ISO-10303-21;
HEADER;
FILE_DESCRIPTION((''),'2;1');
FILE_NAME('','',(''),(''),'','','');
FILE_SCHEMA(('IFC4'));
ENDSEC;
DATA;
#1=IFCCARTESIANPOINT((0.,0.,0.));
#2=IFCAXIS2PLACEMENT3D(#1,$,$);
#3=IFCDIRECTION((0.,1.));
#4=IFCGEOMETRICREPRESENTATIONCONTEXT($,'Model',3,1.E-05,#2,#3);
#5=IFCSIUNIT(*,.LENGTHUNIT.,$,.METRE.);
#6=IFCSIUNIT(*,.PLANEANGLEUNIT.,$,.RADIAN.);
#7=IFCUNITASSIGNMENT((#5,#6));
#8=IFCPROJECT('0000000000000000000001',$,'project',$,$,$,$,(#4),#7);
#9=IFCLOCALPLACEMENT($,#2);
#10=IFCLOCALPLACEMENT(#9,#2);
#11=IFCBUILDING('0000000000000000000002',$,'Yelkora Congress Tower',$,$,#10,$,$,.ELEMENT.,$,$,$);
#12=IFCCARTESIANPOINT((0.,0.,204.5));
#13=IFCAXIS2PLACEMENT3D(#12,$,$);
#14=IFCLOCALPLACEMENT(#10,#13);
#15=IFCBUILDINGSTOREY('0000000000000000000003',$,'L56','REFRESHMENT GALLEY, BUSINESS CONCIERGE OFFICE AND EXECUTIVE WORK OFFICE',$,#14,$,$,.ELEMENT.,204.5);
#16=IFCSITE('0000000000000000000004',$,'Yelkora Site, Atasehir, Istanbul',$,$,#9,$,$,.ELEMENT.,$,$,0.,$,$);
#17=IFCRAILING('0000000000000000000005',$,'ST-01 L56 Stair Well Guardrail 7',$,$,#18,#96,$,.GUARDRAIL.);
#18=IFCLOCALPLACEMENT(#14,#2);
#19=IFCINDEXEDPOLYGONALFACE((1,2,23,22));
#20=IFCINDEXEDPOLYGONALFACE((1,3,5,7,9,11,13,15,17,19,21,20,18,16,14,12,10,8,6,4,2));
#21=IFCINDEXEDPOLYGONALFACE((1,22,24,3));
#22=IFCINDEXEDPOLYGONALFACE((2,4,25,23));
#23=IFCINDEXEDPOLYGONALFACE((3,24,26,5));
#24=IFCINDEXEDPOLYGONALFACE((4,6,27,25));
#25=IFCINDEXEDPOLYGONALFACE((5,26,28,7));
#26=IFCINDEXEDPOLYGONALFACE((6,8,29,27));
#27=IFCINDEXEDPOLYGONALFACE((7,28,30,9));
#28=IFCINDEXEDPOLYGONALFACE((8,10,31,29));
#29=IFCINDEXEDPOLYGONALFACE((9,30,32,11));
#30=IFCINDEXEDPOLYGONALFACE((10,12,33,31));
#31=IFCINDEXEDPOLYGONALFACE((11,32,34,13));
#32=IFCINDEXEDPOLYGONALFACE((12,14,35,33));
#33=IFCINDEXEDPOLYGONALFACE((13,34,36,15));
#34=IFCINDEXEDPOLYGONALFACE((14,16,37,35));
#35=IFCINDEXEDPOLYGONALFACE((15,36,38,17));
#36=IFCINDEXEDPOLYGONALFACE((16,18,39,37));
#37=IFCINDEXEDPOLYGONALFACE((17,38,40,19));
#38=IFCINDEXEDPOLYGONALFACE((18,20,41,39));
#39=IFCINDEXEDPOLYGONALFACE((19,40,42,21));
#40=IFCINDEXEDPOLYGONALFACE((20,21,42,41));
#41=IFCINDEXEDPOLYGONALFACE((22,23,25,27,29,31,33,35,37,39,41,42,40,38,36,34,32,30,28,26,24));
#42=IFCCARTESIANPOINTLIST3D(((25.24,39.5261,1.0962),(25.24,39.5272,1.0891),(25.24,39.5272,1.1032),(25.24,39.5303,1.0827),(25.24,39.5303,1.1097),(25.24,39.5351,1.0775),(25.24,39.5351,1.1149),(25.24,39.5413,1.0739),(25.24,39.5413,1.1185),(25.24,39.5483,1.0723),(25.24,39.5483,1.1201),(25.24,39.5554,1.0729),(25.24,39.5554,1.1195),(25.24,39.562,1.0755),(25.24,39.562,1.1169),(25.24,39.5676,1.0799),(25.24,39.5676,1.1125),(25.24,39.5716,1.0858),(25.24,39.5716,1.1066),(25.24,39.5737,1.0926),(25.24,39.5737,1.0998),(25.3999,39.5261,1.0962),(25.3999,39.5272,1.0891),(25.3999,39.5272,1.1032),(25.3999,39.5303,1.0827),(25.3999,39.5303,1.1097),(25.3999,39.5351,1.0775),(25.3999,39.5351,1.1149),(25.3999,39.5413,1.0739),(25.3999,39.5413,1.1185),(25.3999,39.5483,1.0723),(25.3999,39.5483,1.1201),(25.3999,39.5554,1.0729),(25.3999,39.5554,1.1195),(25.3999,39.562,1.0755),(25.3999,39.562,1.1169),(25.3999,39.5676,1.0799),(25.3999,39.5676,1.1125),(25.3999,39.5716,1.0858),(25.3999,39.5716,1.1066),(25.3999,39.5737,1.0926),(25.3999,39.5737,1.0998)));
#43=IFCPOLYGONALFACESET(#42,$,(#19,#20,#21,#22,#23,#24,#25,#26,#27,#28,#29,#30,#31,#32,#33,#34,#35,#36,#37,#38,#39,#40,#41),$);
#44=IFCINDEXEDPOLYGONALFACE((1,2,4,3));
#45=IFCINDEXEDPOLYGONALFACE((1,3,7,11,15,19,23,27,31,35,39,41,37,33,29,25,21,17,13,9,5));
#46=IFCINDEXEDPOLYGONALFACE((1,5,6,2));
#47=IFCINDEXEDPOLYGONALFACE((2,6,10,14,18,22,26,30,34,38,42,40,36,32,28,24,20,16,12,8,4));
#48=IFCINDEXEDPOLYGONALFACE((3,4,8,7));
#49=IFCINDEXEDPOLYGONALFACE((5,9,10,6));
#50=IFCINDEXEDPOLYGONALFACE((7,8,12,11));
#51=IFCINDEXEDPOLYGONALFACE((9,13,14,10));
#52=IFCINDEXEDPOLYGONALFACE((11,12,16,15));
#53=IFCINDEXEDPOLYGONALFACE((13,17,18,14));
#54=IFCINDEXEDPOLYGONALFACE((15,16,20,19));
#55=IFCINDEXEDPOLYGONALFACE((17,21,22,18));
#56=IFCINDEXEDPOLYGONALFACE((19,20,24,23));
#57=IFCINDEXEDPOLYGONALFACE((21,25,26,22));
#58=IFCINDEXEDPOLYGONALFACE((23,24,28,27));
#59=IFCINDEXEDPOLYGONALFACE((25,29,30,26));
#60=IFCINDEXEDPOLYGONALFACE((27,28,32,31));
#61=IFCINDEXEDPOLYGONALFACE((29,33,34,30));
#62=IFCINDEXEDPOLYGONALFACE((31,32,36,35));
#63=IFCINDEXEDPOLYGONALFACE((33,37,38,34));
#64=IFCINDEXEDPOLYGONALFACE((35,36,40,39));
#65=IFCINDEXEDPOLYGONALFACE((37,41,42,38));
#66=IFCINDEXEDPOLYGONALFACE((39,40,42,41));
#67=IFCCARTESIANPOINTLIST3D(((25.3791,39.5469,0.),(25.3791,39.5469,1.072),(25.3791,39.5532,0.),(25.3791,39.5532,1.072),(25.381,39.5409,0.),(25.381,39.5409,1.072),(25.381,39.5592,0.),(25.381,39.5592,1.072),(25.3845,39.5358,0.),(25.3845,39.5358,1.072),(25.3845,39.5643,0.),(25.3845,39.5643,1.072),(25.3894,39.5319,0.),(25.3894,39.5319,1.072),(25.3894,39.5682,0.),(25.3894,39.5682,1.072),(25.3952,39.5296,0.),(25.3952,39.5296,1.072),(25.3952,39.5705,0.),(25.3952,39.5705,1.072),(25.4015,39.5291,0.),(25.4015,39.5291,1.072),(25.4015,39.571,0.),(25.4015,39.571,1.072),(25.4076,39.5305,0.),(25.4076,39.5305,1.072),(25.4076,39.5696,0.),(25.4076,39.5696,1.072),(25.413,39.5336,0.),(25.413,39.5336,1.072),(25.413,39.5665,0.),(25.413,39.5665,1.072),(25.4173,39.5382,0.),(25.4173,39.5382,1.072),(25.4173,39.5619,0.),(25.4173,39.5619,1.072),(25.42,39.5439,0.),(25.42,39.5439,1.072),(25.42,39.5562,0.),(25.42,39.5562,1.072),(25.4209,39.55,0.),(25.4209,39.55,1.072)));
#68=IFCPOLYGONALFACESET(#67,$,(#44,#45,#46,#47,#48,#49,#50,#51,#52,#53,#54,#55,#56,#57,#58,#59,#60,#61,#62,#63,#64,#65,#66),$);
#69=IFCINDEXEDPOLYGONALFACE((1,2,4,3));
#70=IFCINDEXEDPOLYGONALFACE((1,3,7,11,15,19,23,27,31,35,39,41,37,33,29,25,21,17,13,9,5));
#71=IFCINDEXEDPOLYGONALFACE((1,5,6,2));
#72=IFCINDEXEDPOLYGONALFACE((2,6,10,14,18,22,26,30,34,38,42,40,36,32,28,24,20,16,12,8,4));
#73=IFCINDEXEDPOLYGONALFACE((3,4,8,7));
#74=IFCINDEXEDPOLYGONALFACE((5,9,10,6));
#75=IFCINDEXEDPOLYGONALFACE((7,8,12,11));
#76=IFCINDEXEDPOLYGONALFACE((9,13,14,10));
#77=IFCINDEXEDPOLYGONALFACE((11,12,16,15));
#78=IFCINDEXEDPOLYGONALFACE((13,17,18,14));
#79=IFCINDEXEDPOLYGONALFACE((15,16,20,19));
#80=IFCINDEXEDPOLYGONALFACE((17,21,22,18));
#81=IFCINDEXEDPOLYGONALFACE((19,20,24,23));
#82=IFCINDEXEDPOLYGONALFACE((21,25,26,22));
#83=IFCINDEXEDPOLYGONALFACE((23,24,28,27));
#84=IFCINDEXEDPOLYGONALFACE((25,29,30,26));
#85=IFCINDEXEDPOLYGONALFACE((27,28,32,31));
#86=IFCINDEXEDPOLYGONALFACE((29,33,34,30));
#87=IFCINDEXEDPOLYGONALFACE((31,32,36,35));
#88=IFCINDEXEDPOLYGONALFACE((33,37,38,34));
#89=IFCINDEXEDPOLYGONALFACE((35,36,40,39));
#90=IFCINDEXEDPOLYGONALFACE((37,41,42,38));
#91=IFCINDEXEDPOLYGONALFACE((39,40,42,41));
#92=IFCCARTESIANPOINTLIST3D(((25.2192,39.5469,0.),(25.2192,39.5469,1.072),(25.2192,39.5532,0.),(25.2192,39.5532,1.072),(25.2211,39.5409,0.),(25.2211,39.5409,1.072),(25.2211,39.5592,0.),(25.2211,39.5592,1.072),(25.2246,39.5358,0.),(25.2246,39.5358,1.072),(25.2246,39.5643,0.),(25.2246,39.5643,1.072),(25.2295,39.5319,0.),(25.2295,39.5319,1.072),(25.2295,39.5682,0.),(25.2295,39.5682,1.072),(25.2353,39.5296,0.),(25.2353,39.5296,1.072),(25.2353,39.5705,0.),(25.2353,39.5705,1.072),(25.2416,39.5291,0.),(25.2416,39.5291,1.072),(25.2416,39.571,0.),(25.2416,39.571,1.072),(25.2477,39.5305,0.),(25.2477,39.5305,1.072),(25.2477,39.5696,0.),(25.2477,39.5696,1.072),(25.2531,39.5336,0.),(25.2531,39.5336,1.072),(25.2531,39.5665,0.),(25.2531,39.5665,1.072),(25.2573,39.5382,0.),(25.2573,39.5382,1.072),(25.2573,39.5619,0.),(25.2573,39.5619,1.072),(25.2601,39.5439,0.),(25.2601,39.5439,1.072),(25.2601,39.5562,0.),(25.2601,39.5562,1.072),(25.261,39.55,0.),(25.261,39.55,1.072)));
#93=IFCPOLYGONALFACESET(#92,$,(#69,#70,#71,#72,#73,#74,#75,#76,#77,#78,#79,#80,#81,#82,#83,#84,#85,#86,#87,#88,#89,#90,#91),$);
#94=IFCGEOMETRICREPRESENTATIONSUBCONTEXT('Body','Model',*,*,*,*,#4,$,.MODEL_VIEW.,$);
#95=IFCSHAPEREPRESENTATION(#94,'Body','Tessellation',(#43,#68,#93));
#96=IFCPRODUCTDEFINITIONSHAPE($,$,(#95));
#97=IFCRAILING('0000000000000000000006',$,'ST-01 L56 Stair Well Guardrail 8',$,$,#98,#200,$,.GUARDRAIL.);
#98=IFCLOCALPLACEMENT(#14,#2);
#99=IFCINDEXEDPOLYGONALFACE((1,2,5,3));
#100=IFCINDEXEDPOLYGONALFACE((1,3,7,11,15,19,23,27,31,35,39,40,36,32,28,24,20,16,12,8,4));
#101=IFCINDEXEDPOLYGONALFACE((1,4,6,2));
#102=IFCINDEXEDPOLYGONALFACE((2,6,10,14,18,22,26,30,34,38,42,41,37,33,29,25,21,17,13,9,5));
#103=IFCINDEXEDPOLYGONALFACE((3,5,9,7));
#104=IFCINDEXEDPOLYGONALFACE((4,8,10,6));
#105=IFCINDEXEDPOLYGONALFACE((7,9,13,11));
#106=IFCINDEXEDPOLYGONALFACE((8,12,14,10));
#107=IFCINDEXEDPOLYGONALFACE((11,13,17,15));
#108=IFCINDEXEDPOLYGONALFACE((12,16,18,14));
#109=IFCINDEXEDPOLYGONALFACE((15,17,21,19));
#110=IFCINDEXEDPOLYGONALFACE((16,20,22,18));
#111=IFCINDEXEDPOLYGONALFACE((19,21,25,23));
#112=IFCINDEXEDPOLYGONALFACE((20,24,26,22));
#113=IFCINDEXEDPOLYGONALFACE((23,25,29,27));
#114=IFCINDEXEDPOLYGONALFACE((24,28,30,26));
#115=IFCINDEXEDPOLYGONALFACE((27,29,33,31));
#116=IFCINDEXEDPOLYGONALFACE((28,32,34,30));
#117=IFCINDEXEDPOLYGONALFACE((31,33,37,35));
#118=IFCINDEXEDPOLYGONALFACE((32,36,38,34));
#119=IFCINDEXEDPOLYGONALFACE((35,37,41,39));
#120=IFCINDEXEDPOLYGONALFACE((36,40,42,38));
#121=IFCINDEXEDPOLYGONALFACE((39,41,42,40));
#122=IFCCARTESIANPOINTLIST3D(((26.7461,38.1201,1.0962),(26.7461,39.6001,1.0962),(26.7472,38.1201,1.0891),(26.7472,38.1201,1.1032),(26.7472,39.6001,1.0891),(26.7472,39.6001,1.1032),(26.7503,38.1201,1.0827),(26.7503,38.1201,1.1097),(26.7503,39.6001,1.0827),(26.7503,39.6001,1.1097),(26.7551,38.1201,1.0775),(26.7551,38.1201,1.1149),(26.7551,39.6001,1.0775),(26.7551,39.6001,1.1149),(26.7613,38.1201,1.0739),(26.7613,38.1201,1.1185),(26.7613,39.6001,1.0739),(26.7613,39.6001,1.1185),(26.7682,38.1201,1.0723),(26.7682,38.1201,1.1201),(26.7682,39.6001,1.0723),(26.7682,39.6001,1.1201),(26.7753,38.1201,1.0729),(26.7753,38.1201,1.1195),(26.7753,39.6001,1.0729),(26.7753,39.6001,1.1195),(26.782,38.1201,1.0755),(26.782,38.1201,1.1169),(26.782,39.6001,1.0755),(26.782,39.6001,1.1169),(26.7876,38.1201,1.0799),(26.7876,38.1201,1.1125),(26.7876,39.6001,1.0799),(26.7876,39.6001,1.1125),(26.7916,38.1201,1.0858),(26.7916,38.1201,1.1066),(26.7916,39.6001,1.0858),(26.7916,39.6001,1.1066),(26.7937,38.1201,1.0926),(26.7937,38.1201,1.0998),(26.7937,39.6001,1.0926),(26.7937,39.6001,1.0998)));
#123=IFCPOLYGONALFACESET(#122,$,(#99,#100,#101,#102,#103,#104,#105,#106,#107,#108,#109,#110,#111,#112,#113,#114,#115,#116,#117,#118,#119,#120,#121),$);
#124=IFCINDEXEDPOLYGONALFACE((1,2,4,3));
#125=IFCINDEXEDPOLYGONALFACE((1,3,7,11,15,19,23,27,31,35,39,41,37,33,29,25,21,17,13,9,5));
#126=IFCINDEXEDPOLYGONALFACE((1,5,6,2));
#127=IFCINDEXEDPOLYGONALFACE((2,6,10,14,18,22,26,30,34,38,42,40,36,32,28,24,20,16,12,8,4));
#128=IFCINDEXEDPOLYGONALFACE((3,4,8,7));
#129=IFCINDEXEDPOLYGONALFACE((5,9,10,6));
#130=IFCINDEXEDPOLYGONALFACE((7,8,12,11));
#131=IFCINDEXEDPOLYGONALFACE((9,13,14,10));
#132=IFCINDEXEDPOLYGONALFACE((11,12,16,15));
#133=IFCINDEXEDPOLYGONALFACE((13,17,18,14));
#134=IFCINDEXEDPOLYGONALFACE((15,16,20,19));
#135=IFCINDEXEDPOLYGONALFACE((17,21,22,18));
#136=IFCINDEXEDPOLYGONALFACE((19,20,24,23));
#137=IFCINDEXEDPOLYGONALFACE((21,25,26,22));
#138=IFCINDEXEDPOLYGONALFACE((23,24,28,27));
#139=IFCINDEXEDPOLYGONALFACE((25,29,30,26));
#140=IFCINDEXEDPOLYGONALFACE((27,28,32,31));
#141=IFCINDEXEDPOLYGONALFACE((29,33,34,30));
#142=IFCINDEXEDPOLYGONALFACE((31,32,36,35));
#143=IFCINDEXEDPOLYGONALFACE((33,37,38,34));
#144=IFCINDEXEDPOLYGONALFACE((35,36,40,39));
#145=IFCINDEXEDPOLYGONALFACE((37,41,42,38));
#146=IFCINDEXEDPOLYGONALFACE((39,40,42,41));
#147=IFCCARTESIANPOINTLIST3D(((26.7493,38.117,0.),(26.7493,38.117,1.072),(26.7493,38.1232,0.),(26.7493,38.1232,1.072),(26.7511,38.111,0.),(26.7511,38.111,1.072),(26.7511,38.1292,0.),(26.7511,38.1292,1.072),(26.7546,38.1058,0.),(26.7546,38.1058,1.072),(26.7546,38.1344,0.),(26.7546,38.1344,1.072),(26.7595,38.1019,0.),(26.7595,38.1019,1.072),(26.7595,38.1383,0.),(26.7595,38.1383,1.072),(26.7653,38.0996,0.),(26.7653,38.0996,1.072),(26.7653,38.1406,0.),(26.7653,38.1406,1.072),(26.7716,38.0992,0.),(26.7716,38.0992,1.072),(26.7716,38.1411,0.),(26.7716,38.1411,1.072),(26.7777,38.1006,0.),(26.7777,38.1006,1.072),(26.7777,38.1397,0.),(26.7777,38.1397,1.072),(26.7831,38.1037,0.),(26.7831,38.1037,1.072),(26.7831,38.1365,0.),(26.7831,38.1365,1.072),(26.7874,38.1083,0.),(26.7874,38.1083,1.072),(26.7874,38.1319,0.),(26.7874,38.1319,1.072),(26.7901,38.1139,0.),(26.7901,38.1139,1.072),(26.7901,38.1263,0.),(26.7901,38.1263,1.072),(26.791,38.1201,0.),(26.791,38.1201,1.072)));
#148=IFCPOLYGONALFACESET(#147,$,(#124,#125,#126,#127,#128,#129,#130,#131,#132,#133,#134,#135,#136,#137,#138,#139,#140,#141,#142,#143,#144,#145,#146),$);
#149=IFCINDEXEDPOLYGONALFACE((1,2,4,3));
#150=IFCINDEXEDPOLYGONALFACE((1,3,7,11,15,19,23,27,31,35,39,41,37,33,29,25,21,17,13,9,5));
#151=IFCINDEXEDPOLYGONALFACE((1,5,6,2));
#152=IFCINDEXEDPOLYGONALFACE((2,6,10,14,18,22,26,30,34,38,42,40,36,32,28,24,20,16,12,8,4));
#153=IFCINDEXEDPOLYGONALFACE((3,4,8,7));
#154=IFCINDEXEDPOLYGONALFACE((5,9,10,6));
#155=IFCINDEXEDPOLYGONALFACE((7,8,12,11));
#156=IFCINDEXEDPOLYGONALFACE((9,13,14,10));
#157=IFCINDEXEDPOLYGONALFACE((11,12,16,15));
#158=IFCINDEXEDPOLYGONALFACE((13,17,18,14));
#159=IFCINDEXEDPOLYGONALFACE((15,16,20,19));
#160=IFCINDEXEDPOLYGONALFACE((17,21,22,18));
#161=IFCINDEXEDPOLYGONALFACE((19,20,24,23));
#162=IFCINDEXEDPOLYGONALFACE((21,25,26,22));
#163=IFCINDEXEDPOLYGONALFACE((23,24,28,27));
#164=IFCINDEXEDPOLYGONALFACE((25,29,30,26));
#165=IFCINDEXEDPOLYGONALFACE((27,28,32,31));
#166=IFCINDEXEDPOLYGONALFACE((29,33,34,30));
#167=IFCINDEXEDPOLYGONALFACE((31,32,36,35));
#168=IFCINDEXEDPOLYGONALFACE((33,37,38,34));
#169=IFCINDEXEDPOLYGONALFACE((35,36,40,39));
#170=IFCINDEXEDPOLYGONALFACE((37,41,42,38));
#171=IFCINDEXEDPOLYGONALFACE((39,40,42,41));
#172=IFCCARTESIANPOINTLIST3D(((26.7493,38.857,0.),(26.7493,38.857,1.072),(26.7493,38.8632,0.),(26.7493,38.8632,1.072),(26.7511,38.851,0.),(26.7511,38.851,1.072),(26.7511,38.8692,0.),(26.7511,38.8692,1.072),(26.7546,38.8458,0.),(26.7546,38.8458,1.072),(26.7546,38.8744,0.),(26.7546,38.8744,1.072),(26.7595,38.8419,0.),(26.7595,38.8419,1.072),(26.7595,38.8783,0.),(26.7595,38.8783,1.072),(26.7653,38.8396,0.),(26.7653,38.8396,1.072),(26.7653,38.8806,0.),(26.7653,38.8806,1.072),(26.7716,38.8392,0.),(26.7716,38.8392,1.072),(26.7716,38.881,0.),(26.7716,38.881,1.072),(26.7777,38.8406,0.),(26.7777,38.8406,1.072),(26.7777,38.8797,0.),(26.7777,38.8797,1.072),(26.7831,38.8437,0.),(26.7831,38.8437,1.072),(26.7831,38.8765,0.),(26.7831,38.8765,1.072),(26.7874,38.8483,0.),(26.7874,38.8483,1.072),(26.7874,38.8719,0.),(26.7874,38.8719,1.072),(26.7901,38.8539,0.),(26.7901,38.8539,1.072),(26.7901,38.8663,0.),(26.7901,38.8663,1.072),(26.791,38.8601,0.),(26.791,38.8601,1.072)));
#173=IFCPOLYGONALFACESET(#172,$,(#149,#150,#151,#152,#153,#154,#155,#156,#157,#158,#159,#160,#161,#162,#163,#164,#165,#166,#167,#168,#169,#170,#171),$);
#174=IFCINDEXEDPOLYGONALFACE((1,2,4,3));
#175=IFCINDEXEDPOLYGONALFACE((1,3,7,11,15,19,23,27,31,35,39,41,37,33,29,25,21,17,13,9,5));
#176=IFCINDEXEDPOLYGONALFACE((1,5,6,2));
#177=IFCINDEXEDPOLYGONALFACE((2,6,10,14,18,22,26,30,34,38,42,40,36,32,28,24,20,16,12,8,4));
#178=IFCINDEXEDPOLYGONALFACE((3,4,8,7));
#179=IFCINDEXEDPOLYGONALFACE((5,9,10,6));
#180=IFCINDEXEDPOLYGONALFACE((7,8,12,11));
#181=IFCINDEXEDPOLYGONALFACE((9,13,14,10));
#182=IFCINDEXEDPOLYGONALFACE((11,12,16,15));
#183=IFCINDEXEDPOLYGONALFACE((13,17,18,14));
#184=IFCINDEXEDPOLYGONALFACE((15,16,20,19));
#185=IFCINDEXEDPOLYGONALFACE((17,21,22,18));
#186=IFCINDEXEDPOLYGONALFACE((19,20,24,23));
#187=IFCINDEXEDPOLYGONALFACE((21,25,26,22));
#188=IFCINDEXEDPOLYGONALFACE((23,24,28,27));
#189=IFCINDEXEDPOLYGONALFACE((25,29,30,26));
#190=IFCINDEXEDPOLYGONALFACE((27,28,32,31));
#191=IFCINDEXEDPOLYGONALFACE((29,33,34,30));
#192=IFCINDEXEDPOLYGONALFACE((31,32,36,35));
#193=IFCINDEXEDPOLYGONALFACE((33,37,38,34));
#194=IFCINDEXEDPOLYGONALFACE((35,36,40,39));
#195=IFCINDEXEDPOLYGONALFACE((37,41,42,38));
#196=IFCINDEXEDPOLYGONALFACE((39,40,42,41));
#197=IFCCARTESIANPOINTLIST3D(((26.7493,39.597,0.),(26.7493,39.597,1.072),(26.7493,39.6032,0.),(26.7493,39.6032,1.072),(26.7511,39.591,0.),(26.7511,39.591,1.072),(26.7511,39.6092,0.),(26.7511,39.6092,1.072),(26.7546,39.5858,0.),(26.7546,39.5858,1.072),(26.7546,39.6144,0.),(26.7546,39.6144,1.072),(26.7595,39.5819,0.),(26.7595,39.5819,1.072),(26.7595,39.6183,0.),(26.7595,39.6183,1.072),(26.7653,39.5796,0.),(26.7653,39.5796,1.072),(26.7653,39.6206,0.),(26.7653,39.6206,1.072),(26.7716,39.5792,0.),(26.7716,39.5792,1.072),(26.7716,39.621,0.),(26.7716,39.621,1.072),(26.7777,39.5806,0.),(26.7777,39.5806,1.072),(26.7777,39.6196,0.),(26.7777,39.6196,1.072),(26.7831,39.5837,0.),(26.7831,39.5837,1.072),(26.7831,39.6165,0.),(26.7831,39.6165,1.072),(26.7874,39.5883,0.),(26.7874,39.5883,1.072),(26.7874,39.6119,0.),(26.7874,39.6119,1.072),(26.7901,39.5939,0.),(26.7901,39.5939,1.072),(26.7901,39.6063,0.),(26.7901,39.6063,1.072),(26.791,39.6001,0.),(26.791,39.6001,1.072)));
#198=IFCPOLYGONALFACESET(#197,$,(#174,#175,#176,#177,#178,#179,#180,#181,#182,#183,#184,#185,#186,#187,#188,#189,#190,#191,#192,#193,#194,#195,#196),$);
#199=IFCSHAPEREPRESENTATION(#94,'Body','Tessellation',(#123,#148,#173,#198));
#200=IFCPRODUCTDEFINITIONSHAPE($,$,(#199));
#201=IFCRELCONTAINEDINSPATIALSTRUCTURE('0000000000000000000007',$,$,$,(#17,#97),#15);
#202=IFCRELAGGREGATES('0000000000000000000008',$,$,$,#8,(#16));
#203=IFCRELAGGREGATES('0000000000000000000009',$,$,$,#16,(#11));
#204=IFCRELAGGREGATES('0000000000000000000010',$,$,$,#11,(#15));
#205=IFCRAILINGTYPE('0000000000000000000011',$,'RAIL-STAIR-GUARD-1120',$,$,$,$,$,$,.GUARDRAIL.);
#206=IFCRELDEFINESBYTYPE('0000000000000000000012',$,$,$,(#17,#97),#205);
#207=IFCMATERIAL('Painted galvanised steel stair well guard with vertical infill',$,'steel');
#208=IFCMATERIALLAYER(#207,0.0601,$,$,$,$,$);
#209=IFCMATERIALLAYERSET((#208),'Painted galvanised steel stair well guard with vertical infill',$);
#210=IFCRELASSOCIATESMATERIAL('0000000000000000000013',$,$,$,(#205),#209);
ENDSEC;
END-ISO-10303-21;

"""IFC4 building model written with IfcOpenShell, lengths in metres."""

from ifc_helpers import new_model, si_unit, direction, frame, origin, origin_2d, place, context, subcontext, project, spatial, circle, extrude, material, layer, layer_set, type_object, element, save


model = new_model("IFC4")

# Units and contexts
model_context = context("Model", 3, precision=1e-05, world=origin(), true_north=direction((0.0, 1.0)))
body_context = subcontext(model_context, "Body", "Model", "MODEL_VIEW")
ifc_project = project(units=[si_unit("LENGTHUNIT", "METRE"), si_unit("PLANEANGLEUNIT", "RADIAN")], contexts=[model_context])

# Site, building, storey
site_placement = place(None, origin())
site = spatial("IfcSite", under=ifc_project, at=site_placement, Name="Yelkora Site, Atasehir, Istanbul", CompositionType="ELEMENT", RefElevation=0.0)
building_placement = place(site_placement, origin())
building = spatial("IfcBuilding", under=site, at=building_placement, Name="Yelkora Congress Tower", CompositionType="ELEMENT")
storey_placement = place(building_placement, frame((0.0, 0.0, 204.5)))
storey = spatial("IfcBuildingStorey", under=building, at=storey_placement, Name="L56", Description="REFRESHMENT GALLEY, BUSINESS CONCIERGE OFFICE AND EXECUTIVE WORK OFFICE", CompositionType="ELEMENT", Elevation=204.5)

# Railings
ifc_material_1 = material(Name="Painted galvanised steel stair well guard with vertical infill", Category="steel")
ifc_layer_1 = layer(ifc_material_1, 0.0601)
ifc_layer_set_1 = layer_set([ifc_layer_1], Name="Painted galvanised steel stair well guard with vertical infill")
railing_type_1 = type_object("IfcRailingType", Name="RAIL-STAIR-GUARD-1120", PredefinedType="GUARDRAIL", material=ifc_layer_set_1)
railing_1_placement = place(storey_placement, frame((25.3999, 39.55, 0.0)))
element("IfcRailing", 1, at=railing_1_placement, inside=storey, type_object=railing_type_1, Name="ST-01 L56 Stair Well Guardrail 7", PredefinedType="GUARDRAIL", context=body_context, shape_type="SweptSolid", body=[
    extrude(circle(Radius=0.0239, at=origin_2d()), frame((0.0, 0.0, 1.0962), z_axis=(-1.0, 0.0, 0.0), x_axis=(0.0, -1.0, 0.0)), (0.0, 0.0, 1.0), 0.1599),
    extrude(circle(Radius=0.021, at=origin_2d()), origin(), (0.0, 0.0, 1.0), 1.072),
    extrude(circle(Radius=0.021, at=origin_2d()), frame((-0.1599, 0.0, 0.0)), (0.0, 0.0, 1.0), 1.072),
])
railing_2_placement = place(storey_placement, frame((26.77, 38.1201, 0.0)))
element("IfcRailing", 2, at=railing_2_placement, inside=storey, type_object=railing_type_1, Name="ST-01 L56 Stair Well Guardrail 8", PredefinedType="GUARDRAIL", context=body_context, shape_type="SweptSolid", body=[
    extrude(circle(Radius=0.0239, at=origin_2d()), frame((0.0, 0.0, 1.0962), z_axis=(0.0, 1.0, 0.0), x_axis=(-1.0, 0.0, 0.0)), (0.0, 0.0, 1.0), 1.48),
    extrude(circle(Radius=0.021, at=origin_2d()), origin(), (0.0, 0.0, 1.0), 1.072),
    extrude(circle(Radius=0.021, at=origin_2d()), frame((0.0, 0.74, 0.0)), (0.0, 0.0, 1.0), 1.072),
    extrude(circle(Radius=0.021, at=origin_2d()), frame((0.0, 1.48, 0.0)), (0.0, 0.0, 1.0), 1.072),
])

save(model, "model.ifc")
